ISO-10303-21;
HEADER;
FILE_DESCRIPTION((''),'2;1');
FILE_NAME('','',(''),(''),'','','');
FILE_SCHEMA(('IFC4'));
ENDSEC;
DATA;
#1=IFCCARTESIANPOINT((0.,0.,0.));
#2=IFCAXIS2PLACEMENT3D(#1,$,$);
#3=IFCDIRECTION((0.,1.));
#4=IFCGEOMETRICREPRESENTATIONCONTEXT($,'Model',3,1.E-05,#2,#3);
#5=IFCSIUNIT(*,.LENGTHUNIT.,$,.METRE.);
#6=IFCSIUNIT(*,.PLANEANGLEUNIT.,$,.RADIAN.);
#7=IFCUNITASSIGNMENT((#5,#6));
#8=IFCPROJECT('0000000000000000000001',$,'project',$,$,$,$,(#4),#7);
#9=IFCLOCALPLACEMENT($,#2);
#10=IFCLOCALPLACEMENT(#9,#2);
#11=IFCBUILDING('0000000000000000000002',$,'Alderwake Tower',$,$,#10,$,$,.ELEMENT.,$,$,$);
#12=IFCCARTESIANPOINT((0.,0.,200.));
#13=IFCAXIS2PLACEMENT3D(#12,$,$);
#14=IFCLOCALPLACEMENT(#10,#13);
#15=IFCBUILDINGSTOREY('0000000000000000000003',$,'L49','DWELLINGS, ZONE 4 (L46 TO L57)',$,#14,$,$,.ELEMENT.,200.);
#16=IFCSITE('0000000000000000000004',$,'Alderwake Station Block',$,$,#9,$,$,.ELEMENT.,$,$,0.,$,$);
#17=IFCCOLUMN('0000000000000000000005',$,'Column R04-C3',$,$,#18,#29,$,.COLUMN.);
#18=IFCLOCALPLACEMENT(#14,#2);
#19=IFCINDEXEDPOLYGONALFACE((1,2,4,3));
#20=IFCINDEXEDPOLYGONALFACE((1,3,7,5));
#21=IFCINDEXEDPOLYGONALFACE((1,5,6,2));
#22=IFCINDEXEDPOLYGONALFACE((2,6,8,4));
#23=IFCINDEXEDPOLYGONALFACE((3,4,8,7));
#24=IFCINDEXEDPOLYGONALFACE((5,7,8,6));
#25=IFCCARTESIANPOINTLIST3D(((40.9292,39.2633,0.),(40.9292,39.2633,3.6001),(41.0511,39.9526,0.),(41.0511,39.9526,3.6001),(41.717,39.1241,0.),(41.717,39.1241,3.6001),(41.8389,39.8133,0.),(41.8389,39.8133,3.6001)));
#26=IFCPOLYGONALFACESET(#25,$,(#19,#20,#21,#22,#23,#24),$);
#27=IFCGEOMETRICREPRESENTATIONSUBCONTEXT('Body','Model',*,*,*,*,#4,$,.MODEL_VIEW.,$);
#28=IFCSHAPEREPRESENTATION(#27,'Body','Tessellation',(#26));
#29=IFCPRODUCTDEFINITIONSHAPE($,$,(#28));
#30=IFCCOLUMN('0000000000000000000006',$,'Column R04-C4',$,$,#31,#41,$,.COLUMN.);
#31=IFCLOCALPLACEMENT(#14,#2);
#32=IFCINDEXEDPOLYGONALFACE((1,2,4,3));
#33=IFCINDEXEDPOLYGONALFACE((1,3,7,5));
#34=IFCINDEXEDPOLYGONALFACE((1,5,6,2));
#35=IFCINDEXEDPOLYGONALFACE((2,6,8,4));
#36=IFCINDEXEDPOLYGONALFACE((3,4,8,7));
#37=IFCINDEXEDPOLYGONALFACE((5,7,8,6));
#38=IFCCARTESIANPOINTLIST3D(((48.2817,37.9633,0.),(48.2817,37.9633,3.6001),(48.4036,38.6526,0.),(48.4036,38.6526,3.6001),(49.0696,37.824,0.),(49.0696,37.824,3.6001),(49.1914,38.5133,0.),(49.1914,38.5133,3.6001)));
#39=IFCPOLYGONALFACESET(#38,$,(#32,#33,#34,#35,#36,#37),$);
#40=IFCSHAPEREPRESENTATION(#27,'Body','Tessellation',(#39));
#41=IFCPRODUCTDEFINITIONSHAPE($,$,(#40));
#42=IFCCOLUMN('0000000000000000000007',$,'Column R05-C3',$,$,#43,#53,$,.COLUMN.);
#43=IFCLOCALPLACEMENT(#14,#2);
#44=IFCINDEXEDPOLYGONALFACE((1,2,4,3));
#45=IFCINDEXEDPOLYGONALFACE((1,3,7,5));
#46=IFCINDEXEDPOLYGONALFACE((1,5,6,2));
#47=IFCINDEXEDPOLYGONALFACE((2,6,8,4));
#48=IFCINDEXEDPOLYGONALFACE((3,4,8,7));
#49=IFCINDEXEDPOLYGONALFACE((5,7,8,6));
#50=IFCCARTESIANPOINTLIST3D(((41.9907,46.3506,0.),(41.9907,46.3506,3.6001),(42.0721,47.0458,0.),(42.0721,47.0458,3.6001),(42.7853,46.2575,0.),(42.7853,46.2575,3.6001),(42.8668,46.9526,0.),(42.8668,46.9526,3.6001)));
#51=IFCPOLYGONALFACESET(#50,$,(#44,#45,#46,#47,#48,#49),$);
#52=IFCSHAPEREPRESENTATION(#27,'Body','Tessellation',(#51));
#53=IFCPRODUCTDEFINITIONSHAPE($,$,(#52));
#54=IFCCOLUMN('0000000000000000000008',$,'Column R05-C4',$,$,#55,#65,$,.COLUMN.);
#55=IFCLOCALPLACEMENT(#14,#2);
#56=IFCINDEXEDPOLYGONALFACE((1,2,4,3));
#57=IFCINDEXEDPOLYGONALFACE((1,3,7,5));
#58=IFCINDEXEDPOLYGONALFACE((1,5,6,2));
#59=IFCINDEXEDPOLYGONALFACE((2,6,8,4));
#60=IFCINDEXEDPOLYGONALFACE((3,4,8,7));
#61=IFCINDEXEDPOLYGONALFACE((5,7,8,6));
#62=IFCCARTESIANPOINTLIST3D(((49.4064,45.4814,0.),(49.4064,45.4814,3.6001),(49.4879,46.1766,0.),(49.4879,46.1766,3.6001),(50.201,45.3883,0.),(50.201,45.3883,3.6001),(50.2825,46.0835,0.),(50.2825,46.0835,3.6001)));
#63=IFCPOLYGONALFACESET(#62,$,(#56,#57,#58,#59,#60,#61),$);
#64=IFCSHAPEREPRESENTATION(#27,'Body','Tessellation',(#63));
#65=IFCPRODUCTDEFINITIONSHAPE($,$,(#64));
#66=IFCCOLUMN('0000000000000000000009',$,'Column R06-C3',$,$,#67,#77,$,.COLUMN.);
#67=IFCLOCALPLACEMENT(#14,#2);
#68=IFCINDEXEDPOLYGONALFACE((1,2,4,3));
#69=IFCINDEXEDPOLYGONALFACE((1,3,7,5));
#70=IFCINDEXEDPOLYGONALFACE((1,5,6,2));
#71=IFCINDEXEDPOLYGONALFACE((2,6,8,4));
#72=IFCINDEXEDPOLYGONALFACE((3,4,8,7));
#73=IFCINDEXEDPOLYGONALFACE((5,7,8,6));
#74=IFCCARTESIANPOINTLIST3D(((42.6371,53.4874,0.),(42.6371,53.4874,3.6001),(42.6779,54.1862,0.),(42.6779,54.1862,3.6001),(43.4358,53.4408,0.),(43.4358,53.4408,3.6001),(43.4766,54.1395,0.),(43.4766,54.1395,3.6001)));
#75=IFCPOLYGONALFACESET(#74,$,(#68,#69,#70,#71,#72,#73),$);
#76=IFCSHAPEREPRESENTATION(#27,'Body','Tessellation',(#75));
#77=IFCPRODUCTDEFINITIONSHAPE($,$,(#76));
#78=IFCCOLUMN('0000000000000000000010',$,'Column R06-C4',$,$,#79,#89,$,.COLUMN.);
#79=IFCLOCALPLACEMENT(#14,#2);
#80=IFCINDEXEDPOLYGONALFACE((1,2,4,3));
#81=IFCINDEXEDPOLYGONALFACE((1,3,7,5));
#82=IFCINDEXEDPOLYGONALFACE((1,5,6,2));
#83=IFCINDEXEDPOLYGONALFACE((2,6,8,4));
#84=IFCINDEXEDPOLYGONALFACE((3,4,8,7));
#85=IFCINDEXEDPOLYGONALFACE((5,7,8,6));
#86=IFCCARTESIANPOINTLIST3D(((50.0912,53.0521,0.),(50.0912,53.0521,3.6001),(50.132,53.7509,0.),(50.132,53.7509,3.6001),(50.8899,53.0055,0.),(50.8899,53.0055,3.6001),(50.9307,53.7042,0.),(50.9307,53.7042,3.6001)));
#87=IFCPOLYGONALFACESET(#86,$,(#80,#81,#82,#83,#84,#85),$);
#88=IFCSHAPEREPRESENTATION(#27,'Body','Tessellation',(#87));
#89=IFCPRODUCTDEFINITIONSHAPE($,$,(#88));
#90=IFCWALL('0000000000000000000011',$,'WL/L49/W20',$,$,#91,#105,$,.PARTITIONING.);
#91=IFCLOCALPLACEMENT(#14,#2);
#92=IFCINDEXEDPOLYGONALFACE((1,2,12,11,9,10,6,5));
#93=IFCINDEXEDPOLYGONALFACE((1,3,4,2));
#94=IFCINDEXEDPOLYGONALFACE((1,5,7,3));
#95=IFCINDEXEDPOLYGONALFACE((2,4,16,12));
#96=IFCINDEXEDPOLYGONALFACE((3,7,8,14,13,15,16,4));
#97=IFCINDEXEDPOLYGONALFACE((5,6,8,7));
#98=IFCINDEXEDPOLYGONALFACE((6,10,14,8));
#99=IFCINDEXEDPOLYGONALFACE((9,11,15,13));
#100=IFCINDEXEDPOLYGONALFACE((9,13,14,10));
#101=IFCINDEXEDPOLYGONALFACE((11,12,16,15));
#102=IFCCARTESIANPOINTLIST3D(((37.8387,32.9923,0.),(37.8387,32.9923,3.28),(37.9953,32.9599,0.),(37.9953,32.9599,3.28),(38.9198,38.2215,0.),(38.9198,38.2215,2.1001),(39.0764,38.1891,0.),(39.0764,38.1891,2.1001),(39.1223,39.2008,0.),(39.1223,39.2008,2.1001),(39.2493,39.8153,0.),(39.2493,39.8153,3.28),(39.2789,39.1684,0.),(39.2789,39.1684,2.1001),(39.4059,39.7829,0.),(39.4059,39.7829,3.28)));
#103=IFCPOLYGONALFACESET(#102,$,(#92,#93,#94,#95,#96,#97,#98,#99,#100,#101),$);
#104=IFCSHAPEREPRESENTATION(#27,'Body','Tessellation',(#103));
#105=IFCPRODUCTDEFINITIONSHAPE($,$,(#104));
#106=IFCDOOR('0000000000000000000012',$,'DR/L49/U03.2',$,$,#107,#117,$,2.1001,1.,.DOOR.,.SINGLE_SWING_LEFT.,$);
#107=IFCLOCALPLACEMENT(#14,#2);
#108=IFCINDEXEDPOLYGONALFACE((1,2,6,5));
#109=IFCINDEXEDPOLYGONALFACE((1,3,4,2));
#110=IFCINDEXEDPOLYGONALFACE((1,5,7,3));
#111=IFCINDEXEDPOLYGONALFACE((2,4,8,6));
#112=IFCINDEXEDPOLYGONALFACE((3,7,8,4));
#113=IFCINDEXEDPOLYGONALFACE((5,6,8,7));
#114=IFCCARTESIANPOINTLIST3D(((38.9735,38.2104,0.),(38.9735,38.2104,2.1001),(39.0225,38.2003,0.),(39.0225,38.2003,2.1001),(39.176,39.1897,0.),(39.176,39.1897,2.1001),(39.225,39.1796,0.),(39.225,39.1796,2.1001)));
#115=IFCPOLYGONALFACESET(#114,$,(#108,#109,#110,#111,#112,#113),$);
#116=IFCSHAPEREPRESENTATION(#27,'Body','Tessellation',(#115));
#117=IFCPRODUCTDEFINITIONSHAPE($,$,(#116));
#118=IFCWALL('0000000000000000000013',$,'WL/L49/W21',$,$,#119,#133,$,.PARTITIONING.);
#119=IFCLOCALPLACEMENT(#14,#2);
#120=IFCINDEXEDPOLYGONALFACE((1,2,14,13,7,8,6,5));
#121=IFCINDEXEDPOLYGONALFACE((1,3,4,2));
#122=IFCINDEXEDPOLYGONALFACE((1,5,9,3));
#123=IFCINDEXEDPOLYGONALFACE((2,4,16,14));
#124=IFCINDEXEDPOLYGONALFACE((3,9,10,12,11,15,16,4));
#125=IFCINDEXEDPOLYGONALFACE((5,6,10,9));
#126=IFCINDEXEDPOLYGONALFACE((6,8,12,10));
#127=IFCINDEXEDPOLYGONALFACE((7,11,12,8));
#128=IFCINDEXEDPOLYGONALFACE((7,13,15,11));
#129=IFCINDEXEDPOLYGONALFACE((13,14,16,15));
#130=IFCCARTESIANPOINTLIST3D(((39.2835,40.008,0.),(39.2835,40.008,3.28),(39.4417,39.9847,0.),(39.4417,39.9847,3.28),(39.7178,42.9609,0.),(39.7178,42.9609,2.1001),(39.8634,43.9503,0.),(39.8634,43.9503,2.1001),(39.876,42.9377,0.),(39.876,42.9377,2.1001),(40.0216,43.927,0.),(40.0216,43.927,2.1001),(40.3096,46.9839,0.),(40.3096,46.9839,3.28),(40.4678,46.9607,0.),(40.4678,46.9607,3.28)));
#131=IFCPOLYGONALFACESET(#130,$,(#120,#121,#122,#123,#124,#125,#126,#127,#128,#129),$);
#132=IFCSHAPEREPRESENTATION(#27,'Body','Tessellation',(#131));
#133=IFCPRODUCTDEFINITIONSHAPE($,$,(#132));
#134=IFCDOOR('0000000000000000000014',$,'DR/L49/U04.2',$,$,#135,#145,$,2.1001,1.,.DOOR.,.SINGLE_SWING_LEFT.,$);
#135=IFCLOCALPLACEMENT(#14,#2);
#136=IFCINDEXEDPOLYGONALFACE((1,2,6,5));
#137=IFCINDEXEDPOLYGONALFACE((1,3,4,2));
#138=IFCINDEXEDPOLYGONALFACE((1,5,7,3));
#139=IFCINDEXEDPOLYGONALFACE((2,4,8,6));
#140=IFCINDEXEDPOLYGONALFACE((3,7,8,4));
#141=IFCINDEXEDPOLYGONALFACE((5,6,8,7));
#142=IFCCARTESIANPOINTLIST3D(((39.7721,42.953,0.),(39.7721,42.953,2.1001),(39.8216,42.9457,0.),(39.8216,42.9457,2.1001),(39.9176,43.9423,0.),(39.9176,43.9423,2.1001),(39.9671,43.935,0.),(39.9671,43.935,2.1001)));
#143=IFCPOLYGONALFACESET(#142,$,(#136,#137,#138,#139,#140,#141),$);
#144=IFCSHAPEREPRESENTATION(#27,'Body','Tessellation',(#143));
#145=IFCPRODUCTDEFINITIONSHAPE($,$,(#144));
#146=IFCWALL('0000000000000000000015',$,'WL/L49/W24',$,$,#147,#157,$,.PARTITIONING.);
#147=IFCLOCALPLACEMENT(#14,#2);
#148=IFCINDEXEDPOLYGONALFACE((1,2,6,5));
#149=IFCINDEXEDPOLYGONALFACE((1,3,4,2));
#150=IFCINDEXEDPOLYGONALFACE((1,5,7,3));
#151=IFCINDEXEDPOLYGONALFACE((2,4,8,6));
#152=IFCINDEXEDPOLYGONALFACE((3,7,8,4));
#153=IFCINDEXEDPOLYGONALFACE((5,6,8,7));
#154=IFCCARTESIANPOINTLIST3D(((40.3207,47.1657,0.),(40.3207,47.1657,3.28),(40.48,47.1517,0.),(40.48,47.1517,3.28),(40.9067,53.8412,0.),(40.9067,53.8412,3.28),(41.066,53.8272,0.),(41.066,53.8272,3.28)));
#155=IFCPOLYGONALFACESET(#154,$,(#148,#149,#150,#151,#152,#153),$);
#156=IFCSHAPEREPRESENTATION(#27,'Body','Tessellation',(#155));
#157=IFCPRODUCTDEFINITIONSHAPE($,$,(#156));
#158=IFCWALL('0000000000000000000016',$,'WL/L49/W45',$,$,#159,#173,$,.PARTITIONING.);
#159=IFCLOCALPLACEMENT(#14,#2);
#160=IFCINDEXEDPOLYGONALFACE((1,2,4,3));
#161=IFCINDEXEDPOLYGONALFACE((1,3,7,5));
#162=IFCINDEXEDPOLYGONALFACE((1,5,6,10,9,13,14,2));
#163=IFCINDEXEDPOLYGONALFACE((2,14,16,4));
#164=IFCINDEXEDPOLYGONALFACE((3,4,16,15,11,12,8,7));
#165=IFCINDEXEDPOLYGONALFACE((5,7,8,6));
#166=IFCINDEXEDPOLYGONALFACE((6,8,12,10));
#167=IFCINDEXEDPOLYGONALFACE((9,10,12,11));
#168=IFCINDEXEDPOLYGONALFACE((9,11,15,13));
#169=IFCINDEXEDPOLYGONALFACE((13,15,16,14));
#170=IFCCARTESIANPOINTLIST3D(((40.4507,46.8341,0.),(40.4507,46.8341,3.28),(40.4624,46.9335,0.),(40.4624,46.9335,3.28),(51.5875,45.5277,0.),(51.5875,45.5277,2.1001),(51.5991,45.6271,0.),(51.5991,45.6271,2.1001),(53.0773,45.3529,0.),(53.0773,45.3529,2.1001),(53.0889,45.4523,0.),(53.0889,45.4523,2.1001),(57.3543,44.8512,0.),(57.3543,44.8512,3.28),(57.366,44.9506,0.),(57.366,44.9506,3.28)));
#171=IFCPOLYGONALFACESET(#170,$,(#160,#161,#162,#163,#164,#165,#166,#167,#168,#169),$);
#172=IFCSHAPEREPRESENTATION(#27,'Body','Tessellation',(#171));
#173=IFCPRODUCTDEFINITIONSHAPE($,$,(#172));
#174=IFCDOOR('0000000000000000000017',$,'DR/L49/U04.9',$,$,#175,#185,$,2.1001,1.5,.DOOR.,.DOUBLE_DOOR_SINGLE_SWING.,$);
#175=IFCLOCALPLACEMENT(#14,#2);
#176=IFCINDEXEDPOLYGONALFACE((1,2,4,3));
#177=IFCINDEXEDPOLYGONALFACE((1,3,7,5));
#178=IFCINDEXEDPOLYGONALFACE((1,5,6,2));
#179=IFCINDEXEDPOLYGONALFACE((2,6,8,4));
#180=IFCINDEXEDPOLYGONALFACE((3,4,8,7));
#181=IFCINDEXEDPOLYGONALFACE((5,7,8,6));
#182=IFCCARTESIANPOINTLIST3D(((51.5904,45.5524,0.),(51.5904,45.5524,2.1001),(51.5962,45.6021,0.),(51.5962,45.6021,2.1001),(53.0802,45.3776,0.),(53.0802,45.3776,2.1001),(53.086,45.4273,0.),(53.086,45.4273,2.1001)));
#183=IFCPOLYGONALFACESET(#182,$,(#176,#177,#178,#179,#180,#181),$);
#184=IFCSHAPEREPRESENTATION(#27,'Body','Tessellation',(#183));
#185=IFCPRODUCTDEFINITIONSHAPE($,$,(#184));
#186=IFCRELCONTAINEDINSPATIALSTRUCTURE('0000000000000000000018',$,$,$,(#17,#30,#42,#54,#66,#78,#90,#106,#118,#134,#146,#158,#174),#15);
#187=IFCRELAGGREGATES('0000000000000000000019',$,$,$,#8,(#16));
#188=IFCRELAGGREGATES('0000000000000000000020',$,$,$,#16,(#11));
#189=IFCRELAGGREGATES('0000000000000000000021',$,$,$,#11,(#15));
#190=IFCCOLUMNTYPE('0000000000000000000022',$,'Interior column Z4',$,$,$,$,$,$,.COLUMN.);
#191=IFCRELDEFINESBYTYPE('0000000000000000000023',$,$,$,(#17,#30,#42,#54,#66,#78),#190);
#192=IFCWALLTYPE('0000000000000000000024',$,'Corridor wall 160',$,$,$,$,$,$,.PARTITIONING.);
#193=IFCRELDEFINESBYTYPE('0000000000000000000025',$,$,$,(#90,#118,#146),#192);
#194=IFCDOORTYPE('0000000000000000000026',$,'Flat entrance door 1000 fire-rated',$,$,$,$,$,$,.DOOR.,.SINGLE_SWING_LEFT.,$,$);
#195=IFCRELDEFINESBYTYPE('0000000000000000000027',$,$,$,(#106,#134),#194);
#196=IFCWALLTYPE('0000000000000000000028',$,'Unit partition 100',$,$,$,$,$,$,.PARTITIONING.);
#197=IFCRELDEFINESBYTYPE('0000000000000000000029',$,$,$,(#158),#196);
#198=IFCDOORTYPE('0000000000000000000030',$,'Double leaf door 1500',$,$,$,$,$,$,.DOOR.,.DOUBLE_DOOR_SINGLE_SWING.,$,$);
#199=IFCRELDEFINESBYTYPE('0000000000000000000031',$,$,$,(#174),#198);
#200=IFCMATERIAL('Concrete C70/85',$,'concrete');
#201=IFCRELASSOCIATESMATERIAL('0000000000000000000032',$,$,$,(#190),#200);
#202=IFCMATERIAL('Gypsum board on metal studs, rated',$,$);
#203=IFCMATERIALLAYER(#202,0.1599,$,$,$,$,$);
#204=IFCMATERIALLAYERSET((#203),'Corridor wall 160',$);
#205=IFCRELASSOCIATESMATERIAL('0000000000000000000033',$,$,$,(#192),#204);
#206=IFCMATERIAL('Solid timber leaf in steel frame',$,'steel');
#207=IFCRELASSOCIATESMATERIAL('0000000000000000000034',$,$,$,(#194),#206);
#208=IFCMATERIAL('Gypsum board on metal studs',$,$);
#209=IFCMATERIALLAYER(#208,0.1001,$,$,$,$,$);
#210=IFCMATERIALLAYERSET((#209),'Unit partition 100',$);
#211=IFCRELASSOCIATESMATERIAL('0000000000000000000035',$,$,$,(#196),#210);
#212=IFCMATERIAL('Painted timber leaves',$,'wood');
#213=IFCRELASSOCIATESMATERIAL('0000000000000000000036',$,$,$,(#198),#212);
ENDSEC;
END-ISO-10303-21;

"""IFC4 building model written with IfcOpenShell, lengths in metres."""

from ifc_helpers import new_model, si_unit, direction, frame, frame_2d, origin, origin_2d, place, context, subcontext, project, spatial, rectangle, extrude, material, layer, layer_set, material_profile, profile_set, type_object, element, fill, save


model = new_model("IFC4")

# Units and contexts
model_context = context("Model", 3, precision=1e-05, world=origin(), true_north=direction((0.0, 1.0)))
body_context = subcontext(model_context, "Body", "Model", "MODEL_VIEW")
ifc_project = project(units=[si_unit("LENGTHUNIT", "METRE"), si_unit("PLANEANGLEUNIT", "RADIAN")], contexts=[model_context])

# Site, building, storey
site_placement = place(None, origin())
site = spatial("IfcSite", under=ifc_project, at=site_placement, Name="Alderwake Station Block", CompositionType="ELEMENT", RefElevation=0.0)
building_placement = place(site_placement, origin())
building = spatial("IfcBuilding", under=site, at=building_placement, Name="Alderwake Tower", CompositionType="ELEMENT")
storey_placement = place(building_placement, frame((0.0, 0.0, 200.0)))
storey = spatial("IfcBuildingStorey", under=building, at=storey_placement, Name="L49", Description="DWELLINGS, ZONE 4 (L46 TO L57)", CompositionType="ELEMENT", Elevation=200.0)

# Columns
ifc_material_1 = material(Name="Concrete C70/85", Category="concrete")
ifc_material_profile = material_profile(ifc_material_1, rectangle(XDim=0.7, YDim=0.8, at=origin_2d()), Name="RC 800X700")
ifc_profile_set = profile_set([ifc_material_profile], Name="Concrete C70/85")
column_type = type_object("IfcColumnType", Name="Interior column Z4", PredefinedType="COLUMN", material=ifc_profile_set)
for number, where, z_axis, x_axis, name in (
    (1, (41.384, 39.5383, 0.0), (0.0, 0.0, 1.0), (0.174107, 0.984727, 0.0), "Column R04-C3"),
    (2, (48.7366, 38.2383, 0.0), (0.0, 0.0, 1.0), (0.174107, 0.984727, 0.0), "Column R04-C4"),
    (3, (42.4287, 46.6516, 0.0), (0.0, 0.0, 1.0), (0.116402, 0.993202, 0.0), "Column R05-C3"),
    (4, (49.8445, 45.7825, 0.0), (0.0, 0.0, 1.0), (0.116402, 0.993202, 0.0), "Column R05-C4"),
    (5, (43.0569, 53.8135, 0.0), (0.0, 0.0, 1.0), (0.058301, 0.998299, 0.0), "Column R06-C3"),
    (6, (50.511, 53.3782, 0.0), (0.0, 0.0, 1.0), (0.058301, 0.998299, 0.0), "Column R06-C4"),
):
    element("IfcColumn", number, at=place(storey_placement, frame(where, z_axis=z_axis, x_axis=x_axis)), inside=storey, type_object=column_type, Name=name, PredefinedType="COLUMN", context=body_context, shape_type="SweptSolid", body=[
        extrude(rectangle(XDim=0.7, YDim=0.8, at=origin_2d()), origin(), (0.0, 0.0, 1.0), 3.6001),
    ])

# Walls, openings, doors
ifc_material_2 = material(Name="Gypsum board on metal studs, rated")
ifc_layer_1 = layer(ifc_material_2, 0.1599)
ifc_layer_set_1 = layer_set([ifc_layer_1], Name="Corridor wall 160")
wall_type_1 = type_object("IfcWallType", Name="Corridor wall 160", PredefinedType="PARTITIONING", material=ifc_layer_set_1)
wall_1_placement = place(storey_placement, frame((39.3276, 39.7991, 0.0), z_axis=(0.0, 0.0, 1.0), x_axis=(-0.202467, -0.979289, 0.0)))
wall_1 = element("IfcWall", 7, at=wall_1_placement, inside=storey, type_object=wall_type_1, Name="WL/L49/W20", PredefinedType="PARTITIONING", context=body_context, shape_type="SweptSolid", body=[
    extrude(rectangle(XDim=6.9673, YDim=0.1599, at=frame_2d((3.4836, 0.0))), origin(), (0.0, 0.0, 1.0), 3.28),
])
opening_1_placement = place(wall_1_placement, frame((0.6274, 0.0, 0.0)))
opening_1 = element("IfcOpeningElement", 8, at=opening_1_placement, cuts=wall_1, PredefinedType="OPENING", context=body_context, shape_type="SweptSolid", body=[
    extrude(rectangle(XDim=1.0, YDim=2.1001, at=frame_2d((0.5, 1.05))), frame((0.0, 0.0898, 0.0), z_axis=(0.0, -1.0, 0.0), x_axis=(1.0, 0.0, 0.0)), (0.0, 0.0, 1.0), 0.1799),
])
ifc_material_3 = material(Name="Solid timber leaf in steel frame", Category="steel")
door_type_1 = type_object("IfcDoorType", Name="Flat entrance door 1000 fire-rated", OperationType="SINGLE_SWING_LEFT", PredefinedType="DOOR", material=ifc_material_3)
door_1_placement = place(opening_1_placement, origin())
door_1 = element("IfcDoor", 9, at=door_1_placement, inside=storey, type_object=door_type_1, Name="DR/L49/U03.2", OperationType="SINGLE_SWING_LEFT", OverallHeight=2.1001, OverallWidth=1.0, PredefinedType="DOOR", context=body_context, shape_type="SweptSolid", body=[
    extrude(rectangle(XDim=1.0, YDim=2.1001, at=frame_2d((0.5, 1.05))), frame((0.0, 0.0249, 0.0), z_axis=(0.0, -1.0, 0.0), x_axis=(1.0, 0.0, 0.0)), (0.0, 0.0, 1.0), 0.05),
])
fill(opening_1, door_1)
wall_2_placement = place(storey_placement, frame((40.3887, 46.9722, 0.0), z_axis=(0.0, 0.0, 1.0), x_axis=(-0.145526, -0.989354, 0.0)))
wall_2 = element("IfcWall", 10, at=wall_2_placement, inside=storey, type_object=wall_type_1, Name="WL/L49/W21", PredefinedType="PARTITIONING", context=body_context, shape_type="SweptSolid", body=[
    extrude(rectangle(XDim=7.051, YDim=0.1599, at=frame_2d((3.5254, 0.0))), origin(), (0.0, 0.0, 1.0), 3.28),
])
opening_2_placement = place(wall_2_placement, frame((3.0662, 0.0, 0.0)))
opening_2 = element("IfcOpeningElement", 11, at=opening_2_placement, cuts=wall_2, PredefinedType="OPENING", context=body_context, shape_type="SweptSolid", body=[
    extrude(rectangle(XDim=1.0, YDim=2.1001, at=frame_2d((0.5, 1.05))), frame((0.0, 0.0898, 0.0), z_axis=(0.0, -1.0, 0.0), x_axis=(1.0, 0.0, 0.0)), (0.0, 0.0, 1.0), 0.1799),
])
door_2_placement = place(opening_2_placement, origin())
door_2 = element("IfcDoor", 12, at=door_2_placement, inside=storey, type_object=door_type_1, Name="DR/L49/U04.2", OperationType="SINGLE_SWING_LEFT", OverallHeight=2.1001, OverallWidth=1.0, PredefinedType="DOOR", context=body_context, shape_type="SweptSolid", body=[
    extrude(rectangle(XDim=1.0, YDim=2.1001, at=frame_2d((0.5, 1.05))), frame((0.0, 0.0249, 0.0), z_axis=(0.0, -1.0, 0.0), x_axis=(1.0, 0.0, 0.0)), (0.0, 0.0, 1.0), 0.05),
])
fill(opening_2, door_2)

# Wall
wall_3_placement = place(storey_placement, frame((40.4004, 47.1587, 0.0), z_axis=(0.0, 0.0, 1.0), x_axis=(0.087438, 0.99617, 0.0)))
element("IfcWall", 13, at=wall_3_placement, inside=storey, type_object=wall_type_1, Name="WL/L49/W24", PredefinedType="PARTITIONING", context=body_context, shape_type="SweptSolid", body=[
    extrude(rectangle(XDim=6.7012, YDim=0.1599, at=frame_2d((3.3506, 0.0))), origin(), (0.0, 0.0, 1.0), 3.28),
])

# Wall, opening, door
ifc_material_4 = material(Name="Gypsum board on metal studs")
ifc_layer_2 = layer(ifc_material_4, 0.1001)
ifc_layer_set_2 = layer_set([ifc_layer_2], Name="Unit partition 100")
wall_type_2 = type_object("IfcWallType", Name="Unit partition 100", PredefinedType="PARTITIONING", material=ifc_layer_set_2)
wall_4_placement = place(storey_placement, frame((40.4565, 46.8838, 0.0), z_axis=(0.0, 0.0, 1.0), x_axis=(0.99319, -0.116508, 0.0)))
wall_4 = element("IfcWall", 14, at=wall_4_placement, inside=storey, type_object=wall_type_2, Name="WL/L49/W45", PredefinedType="PARTITIONING", context=body_context, shape_type="SweptSolid", body=[
    extrude(rectangle(XDim=17.0195, YDim=0.1001, at=frame_2d((8.5098, 0.0))), origin(), (0.0, 0.0, 1.0), 3.28),
])
opening_3_placement = place(wall_4_placement, frame((11.2131, 0.0, 0.0)))
opening_3 = element("IfcOpeningElement", 15, at=opening_3_placement, cuts=wall_4, PredefinedType="OPENING", context=body_context, shape_type="SweptSolid", body=[
    extrude(rectangle(XDim=1.5, YDim=2.1001, at=frame_2d((0.75, 1.05))), frame((0.0, 0.0601, 0.0), z_axis=(0.0, -1.0, 0.0), x_axis=(1.0, 0.0, 0.0)), (0.0, 0.0, 1.0), 0.1201),
])
ifc_material_5 = material(Name="Painted timber leaves", Category="wood")
door_type_2 = type_object("IfcDoorType", Name="Double leaf door 1500", OperationType="DOUBLE_DOOR_SINGLE_SWING", PredefinedType="DOOR", material=ifc_material_5)
door_3_placement = place(opening_3_placement, origin())
door_3 = element("IfcDoor", 16, at=door_3_placement, inside=storey, type_object=door_type_2, Name="DR/L49/U04.9", OperationType="DOUBLE_DOOR_SINGLE_SWING", OverallHeight=2.1001, OverallWidth=1.5, PredefinedType="DOOR", context=body_context, shape_type="SweptSolid", body=[
    extrude(rectangle(XDim=1.5, YDim=2.1001, at=frame_2d((0.75, 1.05))), frame((0.0, 0.0249, 0.0), z_axis=(0.0, -1.0, 0.0), x_axis=(1.0, 0.0, 0.0)), (0.0, 0.0, 1.0), 0.05),
])
fill(opening_3, door_3)

save(model, "model.ifc")
